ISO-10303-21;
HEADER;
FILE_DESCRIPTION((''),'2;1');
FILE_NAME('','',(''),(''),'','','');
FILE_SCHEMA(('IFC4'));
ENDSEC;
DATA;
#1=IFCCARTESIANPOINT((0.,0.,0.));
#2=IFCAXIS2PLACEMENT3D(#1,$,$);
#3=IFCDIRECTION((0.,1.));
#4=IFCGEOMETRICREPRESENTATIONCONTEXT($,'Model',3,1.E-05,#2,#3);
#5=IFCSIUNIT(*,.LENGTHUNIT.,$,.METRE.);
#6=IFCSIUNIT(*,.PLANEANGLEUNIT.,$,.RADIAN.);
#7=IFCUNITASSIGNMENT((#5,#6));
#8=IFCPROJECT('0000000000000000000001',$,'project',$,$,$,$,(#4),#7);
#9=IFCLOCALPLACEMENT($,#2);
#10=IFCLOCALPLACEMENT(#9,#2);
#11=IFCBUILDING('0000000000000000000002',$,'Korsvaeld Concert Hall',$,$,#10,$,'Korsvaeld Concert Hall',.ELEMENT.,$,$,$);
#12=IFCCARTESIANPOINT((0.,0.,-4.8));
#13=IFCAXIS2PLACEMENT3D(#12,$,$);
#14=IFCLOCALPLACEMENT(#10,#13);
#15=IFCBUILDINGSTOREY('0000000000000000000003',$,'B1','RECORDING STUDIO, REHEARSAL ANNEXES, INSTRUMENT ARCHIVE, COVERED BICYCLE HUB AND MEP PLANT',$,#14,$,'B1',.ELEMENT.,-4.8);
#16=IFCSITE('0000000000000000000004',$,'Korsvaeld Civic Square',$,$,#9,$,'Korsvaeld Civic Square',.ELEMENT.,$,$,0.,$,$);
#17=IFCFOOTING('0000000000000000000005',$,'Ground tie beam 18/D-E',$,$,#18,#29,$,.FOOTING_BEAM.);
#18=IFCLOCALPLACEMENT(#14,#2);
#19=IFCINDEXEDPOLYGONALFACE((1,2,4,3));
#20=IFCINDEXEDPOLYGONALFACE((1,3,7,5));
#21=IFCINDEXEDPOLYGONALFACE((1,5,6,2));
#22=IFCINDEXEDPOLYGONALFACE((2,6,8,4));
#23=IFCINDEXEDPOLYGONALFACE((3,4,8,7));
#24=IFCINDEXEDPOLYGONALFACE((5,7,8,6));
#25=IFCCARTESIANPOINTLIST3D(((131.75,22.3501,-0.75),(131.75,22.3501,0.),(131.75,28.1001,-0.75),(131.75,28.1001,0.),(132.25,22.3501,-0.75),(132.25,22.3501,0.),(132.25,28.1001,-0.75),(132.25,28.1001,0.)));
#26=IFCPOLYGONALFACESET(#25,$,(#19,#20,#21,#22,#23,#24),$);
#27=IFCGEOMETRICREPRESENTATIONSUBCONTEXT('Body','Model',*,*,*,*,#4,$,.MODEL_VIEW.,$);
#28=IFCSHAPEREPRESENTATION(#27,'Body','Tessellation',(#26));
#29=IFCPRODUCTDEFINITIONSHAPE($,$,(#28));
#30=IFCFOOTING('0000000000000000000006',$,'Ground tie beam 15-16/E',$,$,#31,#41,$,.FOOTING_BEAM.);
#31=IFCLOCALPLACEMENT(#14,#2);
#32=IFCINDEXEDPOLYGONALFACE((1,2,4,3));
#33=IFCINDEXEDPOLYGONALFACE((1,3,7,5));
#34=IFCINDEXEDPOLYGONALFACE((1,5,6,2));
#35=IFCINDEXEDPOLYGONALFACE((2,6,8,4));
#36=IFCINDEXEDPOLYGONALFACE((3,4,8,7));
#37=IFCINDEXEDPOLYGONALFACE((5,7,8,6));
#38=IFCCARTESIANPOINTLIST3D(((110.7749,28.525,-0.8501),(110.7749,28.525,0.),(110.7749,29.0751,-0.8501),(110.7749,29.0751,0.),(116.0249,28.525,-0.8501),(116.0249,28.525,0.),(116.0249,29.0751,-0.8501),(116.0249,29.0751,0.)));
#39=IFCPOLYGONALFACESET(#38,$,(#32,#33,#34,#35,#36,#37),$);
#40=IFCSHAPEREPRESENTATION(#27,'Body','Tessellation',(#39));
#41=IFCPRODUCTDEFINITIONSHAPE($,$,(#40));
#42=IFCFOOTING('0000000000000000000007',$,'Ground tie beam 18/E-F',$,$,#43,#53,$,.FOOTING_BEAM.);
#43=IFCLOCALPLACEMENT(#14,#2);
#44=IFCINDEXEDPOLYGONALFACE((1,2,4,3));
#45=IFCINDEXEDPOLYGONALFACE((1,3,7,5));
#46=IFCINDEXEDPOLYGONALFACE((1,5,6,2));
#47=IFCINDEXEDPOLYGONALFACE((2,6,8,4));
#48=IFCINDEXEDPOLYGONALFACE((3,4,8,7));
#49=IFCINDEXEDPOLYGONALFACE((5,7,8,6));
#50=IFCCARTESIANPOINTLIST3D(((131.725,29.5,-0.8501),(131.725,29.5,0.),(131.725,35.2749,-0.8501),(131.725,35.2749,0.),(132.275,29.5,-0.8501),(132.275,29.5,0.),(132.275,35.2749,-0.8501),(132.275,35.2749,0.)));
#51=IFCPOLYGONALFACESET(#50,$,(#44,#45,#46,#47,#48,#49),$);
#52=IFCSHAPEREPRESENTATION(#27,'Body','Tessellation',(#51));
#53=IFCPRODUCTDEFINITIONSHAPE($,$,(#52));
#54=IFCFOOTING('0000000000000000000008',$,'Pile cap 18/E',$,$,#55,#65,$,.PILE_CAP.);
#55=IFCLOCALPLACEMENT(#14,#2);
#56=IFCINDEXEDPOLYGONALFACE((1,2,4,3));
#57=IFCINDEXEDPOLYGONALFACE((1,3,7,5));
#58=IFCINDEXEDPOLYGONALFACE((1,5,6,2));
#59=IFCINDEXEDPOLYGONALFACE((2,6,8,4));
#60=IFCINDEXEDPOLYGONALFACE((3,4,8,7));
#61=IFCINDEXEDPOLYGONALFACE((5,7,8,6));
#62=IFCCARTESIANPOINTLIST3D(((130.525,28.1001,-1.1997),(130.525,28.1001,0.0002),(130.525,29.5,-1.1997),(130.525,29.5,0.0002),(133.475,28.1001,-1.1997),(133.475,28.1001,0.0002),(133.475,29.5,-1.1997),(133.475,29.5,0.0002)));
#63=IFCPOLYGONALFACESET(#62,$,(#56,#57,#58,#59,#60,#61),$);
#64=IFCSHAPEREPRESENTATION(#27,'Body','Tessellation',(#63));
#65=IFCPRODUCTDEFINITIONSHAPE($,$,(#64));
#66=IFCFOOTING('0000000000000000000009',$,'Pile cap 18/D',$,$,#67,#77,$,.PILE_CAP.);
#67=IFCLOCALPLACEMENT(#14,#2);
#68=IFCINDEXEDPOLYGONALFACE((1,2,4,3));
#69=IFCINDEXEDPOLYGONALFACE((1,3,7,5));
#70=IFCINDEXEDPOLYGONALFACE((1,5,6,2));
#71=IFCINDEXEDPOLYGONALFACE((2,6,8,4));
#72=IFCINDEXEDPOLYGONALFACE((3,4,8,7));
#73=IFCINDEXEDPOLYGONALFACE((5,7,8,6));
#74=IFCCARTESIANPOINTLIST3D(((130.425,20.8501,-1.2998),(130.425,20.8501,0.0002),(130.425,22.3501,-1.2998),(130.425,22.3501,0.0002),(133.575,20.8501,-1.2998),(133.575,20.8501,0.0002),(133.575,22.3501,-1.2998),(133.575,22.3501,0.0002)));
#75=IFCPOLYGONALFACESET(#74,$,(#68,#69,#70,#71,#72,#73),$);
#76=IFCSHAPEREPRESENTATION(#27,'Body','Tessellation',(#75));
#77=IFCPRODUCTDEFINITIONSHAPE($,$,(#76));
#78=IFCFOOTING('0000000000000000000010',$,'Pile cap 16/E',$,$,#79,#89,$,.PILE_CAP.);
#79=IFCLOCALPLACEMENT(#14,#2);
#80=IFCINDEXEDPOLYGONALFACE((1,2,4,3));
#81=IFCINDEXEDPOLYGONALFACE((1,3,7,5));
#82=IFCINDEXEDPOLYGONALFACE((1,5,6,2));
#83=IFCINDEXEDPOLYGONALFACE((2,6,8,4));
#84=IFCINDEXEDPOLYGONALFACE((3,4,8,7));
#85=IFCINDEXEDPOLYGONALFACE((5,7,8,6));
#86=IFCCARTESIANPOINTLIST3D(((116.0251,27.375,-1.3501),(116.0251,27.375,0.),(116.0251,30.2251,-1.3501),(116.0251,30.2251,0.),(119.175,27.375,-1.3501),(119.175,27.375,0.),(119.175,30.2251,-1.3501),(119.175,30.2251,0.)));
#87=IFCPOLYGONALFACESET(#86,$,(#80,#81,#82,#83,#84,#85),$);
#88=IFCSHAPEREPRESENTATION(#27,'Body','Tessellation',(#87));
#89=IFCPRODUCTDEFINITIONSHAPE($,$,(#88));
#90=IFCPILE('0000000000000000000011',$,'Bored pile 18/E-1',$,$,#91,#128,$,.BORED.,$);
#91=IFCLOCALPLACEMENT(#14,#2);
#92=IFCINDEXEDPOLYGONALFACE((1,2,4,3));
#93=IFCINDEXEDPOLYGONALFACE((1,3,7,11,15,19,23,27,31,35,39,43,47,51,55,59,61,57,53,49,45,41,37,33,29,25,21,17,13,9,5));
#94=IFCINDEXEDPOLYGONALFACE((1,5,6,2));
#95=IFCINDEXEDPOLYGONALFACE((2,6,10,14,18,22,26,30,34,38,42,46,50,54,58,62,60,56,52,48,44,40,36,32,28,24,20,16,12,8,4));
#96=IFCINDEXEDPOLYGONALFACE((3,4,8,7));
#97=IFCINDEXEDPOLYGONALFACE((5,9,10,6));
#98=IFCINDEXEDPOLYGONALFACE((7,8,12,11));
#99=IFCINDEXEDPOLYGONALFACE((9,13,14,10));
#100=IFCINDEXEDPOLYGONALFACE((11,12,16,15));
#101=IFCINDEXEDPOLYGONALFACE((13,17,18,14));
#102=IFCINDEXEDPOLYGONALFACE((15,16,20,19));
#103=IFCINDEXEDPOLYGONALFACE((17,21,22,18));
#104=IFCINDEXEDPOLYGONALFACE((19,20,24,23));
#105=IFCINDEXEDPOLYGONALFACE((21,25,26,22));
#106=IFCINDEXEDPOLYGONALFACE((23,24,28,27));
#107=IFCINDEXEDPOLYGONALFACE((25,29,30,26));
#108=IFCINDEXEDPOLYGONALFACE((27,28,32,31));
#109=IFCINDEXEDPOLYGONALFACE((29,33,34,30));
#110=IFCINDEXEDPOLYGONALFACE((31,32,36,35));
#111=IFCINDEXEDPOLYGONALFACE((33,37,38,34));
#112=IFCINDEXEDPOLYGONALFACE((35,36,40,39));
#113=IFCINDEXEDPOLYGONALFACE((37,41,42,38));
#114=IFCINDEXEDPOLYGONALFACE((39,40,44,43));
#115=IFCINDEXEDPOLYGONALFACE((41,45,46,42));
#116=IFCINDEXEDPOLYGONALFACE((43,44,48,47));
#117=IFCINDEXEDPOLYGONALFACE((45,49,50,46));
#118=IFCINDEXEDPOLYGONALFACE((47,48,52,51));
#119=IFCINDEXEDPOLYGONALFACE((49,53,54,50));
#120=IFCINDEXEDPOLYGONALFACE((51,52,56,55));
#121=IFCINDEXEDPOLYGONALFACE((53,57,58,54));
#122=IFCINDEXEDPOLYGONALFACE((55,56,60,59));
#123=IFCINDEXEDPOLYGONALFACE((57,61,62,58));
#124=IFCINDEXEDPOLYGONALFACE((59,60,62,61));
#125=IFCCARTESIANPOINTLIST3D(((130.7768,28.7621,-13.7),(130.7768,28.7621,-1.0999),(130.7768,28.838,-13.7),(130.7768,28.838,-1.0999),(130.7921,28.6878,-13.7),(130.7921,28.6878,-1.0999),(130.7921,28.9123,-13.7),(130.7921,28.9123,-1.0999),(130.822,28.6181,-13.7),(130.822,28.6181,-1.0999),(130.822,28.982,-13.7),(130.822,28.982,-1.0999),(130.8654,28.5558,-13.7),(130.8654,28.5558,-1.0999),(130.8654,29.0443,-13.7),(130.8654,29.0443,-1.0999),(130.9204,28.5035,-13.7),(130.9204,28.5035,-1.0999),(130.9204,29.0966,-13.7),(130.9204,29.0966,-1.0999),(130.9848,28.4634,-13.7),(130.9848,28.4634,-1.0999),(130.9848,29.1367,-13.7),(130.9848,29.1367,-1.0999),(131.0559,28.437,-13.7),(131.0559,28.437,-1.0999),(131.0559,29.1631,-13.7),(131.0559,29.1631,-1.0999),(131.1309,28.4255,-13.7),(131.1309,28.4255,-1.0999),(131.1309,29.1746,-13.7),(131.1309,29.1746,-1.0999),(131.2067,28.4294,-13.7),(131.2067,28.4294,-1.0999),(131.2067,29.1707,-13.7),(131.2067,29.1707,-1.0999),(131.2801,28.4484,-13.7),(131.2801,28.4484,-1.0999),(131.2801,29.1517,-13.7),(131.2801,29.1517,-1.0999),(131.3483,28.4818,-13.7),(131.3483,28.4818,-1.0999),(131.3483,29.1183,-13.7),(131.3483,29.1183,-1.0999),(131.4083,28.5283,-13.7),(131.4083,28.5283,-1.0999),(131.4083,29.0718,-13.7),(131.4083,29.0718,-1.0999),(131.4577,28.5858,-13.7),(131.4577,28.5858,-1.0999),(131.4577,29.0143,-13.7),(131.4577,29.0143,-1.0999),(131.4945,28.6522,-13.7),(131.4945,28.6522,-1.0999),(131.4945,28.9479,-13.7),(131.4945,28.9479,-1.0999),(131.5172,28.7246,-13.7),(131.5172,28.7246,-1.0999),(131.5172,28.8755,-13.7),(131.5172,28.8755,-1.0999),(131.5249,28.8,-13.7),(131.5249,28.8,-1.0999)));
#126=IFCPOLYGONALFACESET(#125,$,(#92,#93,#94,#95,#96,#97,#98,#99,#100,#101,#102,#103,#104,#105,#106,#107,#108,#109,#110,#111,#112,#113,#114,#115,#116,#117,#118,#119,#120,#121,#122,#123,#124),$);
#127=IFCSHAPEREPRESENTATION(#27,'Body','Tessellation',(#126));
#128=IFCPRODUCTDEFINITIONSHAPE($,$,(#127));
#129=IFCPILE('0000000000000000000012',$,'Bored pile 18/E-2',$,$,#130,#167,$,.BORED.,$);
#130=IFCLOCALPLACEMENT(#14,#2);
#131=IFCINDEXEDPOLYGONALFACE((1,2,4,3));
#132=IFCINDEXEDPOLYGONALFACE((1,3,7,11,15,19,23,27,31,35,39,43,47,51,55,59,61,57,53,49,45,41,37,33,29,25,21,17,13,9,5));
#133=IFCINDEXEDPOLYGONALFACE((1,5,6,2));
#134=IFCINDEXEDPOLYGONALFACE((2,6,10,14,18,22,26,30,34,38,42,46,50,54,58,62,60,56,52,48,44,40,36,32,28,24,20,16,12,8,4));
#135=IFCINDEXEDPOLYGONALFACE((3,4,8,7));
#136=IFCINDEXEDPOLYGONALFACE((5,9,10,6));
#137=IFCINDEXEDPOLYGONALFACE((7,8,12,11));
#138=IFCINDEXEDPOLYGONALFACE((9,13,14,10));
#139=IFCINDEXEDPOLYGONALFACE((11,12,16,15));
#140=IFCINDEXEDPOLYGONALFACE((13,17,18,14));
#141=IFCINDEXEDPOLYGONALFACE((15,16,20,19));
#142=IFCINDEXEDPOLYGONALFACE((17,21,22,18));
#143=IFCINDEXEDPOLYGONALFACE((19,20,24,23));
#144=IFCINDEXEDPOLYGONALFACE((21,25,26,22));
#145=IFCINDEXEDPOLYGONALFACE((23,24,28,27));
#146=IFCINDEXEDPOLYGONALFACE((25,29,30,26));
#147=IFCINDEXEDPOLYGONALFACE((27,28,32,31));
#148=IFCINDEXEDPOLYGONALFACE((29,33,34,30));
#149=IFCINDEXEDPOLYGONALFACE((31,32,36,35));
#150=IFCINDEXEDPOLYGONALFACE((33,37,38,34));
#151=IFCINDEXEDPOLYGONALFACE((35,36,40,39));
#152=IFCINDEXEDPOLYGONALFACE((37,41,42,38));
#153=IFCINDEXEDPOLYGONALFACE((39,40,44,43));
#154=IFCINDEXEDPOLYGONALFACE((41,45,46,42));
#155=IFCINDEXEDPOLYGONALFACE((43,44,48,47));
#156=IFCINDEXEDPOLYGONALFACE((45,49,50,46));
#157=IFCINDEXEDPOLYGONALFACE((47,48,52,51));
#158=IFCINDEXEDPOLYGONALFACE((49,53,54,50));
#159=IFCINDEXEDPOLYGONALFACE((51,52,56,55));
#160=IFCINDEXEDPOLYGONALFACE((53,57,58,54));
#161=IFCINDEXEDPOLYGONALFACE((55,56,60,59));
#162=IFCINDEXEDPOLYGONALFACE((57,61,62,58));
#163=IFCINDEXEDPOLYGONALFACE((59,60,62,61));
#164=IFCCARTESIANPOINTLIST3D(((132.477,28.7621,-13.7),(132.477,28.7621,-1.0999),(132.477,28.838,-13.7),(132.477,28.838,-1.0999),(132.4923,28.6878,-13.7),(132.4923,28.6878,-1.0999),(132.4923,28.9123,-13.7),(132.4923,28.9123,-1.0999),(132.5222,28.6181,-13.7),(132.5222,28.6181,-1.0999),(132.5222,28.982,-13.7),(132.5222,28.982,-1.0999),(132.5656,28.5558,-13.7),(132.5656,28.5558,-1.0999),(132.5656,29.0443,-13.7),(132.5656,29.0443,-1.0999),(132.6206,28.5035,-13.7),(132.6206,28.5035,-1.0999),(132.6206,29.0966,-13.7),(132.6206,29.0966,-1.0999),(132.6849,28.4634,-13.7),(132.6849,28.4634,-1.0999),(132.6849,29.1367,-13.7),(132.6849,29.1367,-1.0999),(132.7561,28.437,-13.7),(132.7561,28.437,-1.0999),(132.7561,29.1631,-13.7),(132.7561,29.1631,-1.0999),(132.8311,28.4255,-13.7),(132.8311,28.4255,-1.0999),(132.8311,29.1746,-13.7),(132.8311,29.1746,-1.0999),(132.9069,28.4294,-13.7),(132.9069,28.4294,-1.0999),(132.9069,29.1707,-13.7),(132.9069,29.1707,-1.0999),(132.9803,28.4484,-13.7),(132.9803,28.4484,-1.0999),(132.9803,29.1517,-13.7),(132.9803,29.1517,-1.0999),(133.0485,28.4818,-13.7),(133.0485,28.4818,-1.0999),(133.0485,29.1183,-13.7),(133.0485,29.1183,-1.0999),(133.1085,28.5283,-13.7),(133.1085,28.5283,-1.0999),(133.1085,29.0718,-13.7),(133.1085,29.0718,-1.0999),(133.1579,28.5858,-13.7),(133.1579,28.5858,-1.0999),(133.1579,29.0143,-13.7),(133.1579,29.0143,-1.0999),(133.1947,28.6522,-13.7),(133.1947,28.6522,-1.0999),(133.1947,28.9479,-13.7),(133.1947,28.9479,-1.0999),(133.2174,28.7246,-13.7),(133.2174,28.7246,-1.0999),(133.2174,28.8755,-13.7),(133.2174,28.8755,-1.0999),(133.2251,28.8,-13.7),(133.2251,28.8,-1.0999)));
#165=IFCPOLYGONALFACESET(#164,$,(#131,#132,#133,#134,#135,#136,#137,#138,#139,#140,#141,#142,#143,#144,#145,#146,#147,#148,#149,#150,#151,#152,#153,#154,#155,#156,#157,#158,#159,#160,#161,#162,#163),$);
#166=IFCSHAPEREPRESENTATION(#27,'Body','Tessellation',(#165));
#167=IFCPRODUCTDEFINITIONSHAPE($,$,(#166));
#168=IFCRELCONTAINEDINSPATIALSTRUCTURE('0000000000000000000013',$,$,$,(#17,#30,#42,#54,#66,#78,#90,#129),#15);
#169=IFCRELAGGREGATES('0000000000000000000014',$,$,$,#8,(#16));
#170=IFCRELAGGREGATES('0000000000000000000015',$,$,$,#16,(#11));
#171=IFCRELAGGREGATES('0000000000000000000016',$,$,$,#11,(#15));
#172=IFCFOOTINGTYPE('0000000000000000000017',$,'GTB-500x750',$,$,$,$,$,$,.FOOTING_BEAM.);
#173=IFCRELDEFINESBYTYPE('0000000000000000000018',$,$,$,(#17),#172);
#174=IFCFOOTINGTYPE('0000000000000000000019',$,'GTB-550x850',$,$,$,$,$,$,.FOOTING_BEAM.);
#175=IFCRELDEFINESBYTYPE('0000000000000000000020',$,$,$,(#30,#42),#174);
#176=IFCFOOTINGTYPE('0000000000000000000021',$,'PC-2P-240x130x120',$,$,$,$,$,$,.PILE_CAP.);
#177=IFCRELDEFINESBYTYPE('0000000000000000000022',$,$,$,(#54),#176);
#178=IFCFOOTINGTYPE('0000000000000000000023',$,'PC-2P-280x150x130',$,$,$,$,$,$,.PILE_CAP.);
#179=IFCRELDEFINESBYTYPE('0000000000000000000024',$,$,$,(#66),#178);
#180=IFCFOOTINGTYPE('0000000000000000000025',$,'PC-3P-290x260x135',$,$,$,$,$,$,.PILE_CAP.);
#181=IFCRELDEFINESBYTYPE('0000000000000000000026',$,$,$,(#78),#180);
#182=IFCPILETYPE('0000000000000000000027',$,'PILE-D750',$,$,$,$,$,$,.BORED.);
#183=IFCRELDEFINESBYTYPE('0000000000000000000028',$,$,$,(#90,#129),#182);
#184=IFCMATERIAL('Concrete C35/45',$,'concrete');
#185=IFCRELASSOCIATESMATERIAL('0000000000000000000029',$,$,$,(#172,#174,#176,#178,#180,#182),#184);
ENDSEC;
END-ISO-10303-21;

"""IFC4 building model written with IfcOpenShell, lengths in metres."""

from ifc_helpers import new_model, si_unit, direction, frame, origin, origin_2d, place, context, subcontext, project, spatial, rectangle, circle, extrude, material, material_profile, profile_set, type_object, element, save


model = new_model("IFC4")

# Units and contexts
model_context = context("Model", 3, precision=1e-05, world=origin(), true_north=direction((0.0, 1.0)))
body_context = subcontext(model_context, "Body", "Model", "MODEL_VIEW")
ifc_project = project(units=[si_unit("LENGTHUNIT", "METRE"), si_unit("PLANEANGLEUNIT", "RADIAN")], contexts=[model_context])

# Site, building, storey
site_placement = place(None, origin())
site = spatial("IfcSite", under=ifc_project, at=site_placement, Name="Korsvaeld Civic Square", LongName="Korsvaeld Civic Square", CompositionType="ELEMENT", RefElevation=0.0)
building_placement = place(site_placement, origin())
building = spatial("IfcBuilding", under=site, at=building_placement, Name="Korsvaeld Concert Hall", LongName="Korsvaeld Concert Hall", CompositionType="ELEMENT")
storey_placement = place(building_placement, frame((0.0, 0.0, -4.8)))
storey = spatial("IfcBuildingStorey", under=building, at=storey_placement, Name="B1", Description="RECORDING STUDIO, REHEARSAL ANNEXES, INSTRUMENT ARCHIVE, COVERED BICYCLE HUB AND MEP PLANT", LongName="B1", CompositionType="ELEMENT", Elevation=-4.8)

# Footings
ifc_material_1 = material(Name="Concrete C35/45", Category="concrete")
ifc_material_profile_1 = material_profile(ifc_material_1, rectangle(XDim=0.5, YDim=0.75, at=origin_2d()), Name="GTB 500x750")
ifc_profile_set_1 = profile_set([ifc_material_profile_1], Name="Concrete C35/45")
footing_type_1 = type_object("IfcFootingType", Name="GTB-500x750", PredefinedType="FOOTING_BEAM", material=ifc_profile_set_1)
footing_1_placement = place(storey_placement, frame((132.0, 22.3501, -0.375), z_axis=(0.0, 1.0, 0.0), x_axis=(-1.0, 0.0, 0.0)))
element("IfcFooting", 1, at=footing_1_placement, inside=storey, type_object=footing_type_1, Name="Ground tie beam 18/D-E", PredefinedType="FOOTING_BEAM", context=body_context, shape_type="SweptSolid", body=[
    extrude(rectangle(XDim=0.5, YDim=0.75, at=origin_2d()), origin(), (0.0, 0.0, 1.0), 5.75),
])
ifc_material_profile_2 = material_profile(ifc_material_1, rectangle(XDim=0.55, YDim=0.8501, at=origin_2d()), Name="GTB 550x850")
ifc_profile_set_2 = profile_set([ifc_material_profile_2], Name="Concrete C35/45")
footing_type_2 = type_object("IfcFootingType", Name="GTB-550x850", PredefinedType="FOOTING_BEAM", material=ifc_profile_set_2)
footing_2_placement = place(storey_placement, frame((110.7749, 28.8, -0.425), z_axis=(1.0, 0.0, 0.0), x_axis=(0.0, 1.0, 0.0)))
element("IfcFooting", 2, at=footing_2_placement, inside=storey, type_object=footing_type_2, Name="Ground tie beam 15-16/E", PredefinedType="FOOTING_BEAM", context=body_context, shape_type="SweptSolid", body=[
    extrude(rectangle(XDim=0.55, YDim=0.8501, at=origin_2d()), origin(), (0.0, 0.0, 1.0), 5.25),
])
footing_3_placement = place(storey_placement, frame((132.0, 29.5, -0.425), z_axis=(0.0, 1.0, 0.0), x_axis=(-1.0, 0.0, 0.0)))
element("IfcFooting", 3, at=footing_3_placement, inside=storey, type_object=footing_type_2, Name="Ground tie beam 18/E-F", PredefinedType="FOOTING_BEAM", context=body_context, shape_type="SweptSolid", body=[
    extrude(rectangle(XDim=0.55, YDim=0.8501, at=origin_2d()), origin(), (0.0, 0.0, 1.0), 5.7749),
])
footing_type_3 = type_object("IfcFootingType", Name="PC-2P-240x130x120", PredefinedType="PILE_CAP", material=ifc_material_1)
footing_4_placement = place(storey_placement, frame((132.0, 28.8, -1.1997), z_axis=(0.0, 0.0, 1.0), x_axis=(1.0, 0.0, 0.0)))
element("IfcFooting", 4, at=footing_4_placement, inside=storey, type_object=footing_type_3, Name="Pile cap 18/E", PredefinedType="PILE_CAP", context=body_context, shape_type="SweptSolid", body=[
    extrude(rectangle(XDim=2.95, YDim=1.3999, at=origin_2d()), origin(), (0.0, 0.0, 1.0), 1.2),
])
footing_type_4 = type_object("IfcFootingType", Name="PC-2P-280x150x130", PredefinedType="PILE_CAP", material=ifc_material_1)
footing_5_placement = place(storey_placement, frame((132.0, 21.6001, -1.2998), z_axis=(0.0, 0.0, 1.0), x_axis=(1.0, 0.0, 0.0)))
element("IfcFooting", 5, at=footing_5_placement, inside=storey, type_object=footing_type_4, Name="Pile cap 18/D", PredefinedType="PILE_CAP", context=body_context, shape_type="SweptSolid", body=[
    extrude(rectangle(XDim=3.1499, YDim=1.5, at=origin_2d()), origin(), (0.0, 0.0, 1.0), 1.3),
])
footing_type_5 = type_object("IfcFootingType", Name="PC-3P-290x260x135", PredefinedType="PILE_CAP", material=ifc_material_1)
footing_6_placement = place(storey_placement, frame((117.6001, 28.8, -1.3501), z_axis=(0.0, 0.0, 1.0), x_axis=(1.0, 0.0, 0.0)))
element("IfcFooting", 6, at=footing_6_placement, inside=storey, type_object=footing_type_5, Name="Pile cap 16/E", PredefinedType="PILE_CAP", context=body_context, shape_type="SweptSolid", body=[
    extrude(rectangle(XDim=3.1499, YDim=2.8501, at=origin_2d()), origin(), (0.0, 0.0, 1.0), 1.3501),
])

# Piles
ifc_material_profile_3 = material_profile(ifc_material_1, circle(Radius=0.375, at=origin_2d()), Name="BORED PILE D750")
ifc_profile_set_3 = profile_set([ifc_material_profile_3], Name="Concrete C35/45")
pile_type_1 = type_object("IfcPileType", Name="PILE-D750", PredefinedType="BORED", material=ifc_profile_set_3)
for number, where, z_axis, x_axis, name in (
    (7, (131.1499, 28.8, -1.0999), (0.0, 0.0, -1.0), (1.0, 0.0, 0.0), "Bored pile 18/E-1"),
    (8, (132.8501, 28.8, -1.0999), (0.0, 0.0, -1.0), (1.0, 0.0, 0.0), "Bored pile 18/E-2"),
):
    element("IfcPile", number, at=place(storey_placement, frame(where, z_axis=z_axis, x_axis=x_axis)), inside=storey, type_object=pile_type_1, Name=name, PredefinedType="BORED", context=body_context, shape_type="SweptSolid", body=[
        extrude(circle(Radius=0.375, at=origin_2d()), origin(), (0.0, 0.0, 1.0), 12.6001),
    ])

save(model, "model.ifc")
